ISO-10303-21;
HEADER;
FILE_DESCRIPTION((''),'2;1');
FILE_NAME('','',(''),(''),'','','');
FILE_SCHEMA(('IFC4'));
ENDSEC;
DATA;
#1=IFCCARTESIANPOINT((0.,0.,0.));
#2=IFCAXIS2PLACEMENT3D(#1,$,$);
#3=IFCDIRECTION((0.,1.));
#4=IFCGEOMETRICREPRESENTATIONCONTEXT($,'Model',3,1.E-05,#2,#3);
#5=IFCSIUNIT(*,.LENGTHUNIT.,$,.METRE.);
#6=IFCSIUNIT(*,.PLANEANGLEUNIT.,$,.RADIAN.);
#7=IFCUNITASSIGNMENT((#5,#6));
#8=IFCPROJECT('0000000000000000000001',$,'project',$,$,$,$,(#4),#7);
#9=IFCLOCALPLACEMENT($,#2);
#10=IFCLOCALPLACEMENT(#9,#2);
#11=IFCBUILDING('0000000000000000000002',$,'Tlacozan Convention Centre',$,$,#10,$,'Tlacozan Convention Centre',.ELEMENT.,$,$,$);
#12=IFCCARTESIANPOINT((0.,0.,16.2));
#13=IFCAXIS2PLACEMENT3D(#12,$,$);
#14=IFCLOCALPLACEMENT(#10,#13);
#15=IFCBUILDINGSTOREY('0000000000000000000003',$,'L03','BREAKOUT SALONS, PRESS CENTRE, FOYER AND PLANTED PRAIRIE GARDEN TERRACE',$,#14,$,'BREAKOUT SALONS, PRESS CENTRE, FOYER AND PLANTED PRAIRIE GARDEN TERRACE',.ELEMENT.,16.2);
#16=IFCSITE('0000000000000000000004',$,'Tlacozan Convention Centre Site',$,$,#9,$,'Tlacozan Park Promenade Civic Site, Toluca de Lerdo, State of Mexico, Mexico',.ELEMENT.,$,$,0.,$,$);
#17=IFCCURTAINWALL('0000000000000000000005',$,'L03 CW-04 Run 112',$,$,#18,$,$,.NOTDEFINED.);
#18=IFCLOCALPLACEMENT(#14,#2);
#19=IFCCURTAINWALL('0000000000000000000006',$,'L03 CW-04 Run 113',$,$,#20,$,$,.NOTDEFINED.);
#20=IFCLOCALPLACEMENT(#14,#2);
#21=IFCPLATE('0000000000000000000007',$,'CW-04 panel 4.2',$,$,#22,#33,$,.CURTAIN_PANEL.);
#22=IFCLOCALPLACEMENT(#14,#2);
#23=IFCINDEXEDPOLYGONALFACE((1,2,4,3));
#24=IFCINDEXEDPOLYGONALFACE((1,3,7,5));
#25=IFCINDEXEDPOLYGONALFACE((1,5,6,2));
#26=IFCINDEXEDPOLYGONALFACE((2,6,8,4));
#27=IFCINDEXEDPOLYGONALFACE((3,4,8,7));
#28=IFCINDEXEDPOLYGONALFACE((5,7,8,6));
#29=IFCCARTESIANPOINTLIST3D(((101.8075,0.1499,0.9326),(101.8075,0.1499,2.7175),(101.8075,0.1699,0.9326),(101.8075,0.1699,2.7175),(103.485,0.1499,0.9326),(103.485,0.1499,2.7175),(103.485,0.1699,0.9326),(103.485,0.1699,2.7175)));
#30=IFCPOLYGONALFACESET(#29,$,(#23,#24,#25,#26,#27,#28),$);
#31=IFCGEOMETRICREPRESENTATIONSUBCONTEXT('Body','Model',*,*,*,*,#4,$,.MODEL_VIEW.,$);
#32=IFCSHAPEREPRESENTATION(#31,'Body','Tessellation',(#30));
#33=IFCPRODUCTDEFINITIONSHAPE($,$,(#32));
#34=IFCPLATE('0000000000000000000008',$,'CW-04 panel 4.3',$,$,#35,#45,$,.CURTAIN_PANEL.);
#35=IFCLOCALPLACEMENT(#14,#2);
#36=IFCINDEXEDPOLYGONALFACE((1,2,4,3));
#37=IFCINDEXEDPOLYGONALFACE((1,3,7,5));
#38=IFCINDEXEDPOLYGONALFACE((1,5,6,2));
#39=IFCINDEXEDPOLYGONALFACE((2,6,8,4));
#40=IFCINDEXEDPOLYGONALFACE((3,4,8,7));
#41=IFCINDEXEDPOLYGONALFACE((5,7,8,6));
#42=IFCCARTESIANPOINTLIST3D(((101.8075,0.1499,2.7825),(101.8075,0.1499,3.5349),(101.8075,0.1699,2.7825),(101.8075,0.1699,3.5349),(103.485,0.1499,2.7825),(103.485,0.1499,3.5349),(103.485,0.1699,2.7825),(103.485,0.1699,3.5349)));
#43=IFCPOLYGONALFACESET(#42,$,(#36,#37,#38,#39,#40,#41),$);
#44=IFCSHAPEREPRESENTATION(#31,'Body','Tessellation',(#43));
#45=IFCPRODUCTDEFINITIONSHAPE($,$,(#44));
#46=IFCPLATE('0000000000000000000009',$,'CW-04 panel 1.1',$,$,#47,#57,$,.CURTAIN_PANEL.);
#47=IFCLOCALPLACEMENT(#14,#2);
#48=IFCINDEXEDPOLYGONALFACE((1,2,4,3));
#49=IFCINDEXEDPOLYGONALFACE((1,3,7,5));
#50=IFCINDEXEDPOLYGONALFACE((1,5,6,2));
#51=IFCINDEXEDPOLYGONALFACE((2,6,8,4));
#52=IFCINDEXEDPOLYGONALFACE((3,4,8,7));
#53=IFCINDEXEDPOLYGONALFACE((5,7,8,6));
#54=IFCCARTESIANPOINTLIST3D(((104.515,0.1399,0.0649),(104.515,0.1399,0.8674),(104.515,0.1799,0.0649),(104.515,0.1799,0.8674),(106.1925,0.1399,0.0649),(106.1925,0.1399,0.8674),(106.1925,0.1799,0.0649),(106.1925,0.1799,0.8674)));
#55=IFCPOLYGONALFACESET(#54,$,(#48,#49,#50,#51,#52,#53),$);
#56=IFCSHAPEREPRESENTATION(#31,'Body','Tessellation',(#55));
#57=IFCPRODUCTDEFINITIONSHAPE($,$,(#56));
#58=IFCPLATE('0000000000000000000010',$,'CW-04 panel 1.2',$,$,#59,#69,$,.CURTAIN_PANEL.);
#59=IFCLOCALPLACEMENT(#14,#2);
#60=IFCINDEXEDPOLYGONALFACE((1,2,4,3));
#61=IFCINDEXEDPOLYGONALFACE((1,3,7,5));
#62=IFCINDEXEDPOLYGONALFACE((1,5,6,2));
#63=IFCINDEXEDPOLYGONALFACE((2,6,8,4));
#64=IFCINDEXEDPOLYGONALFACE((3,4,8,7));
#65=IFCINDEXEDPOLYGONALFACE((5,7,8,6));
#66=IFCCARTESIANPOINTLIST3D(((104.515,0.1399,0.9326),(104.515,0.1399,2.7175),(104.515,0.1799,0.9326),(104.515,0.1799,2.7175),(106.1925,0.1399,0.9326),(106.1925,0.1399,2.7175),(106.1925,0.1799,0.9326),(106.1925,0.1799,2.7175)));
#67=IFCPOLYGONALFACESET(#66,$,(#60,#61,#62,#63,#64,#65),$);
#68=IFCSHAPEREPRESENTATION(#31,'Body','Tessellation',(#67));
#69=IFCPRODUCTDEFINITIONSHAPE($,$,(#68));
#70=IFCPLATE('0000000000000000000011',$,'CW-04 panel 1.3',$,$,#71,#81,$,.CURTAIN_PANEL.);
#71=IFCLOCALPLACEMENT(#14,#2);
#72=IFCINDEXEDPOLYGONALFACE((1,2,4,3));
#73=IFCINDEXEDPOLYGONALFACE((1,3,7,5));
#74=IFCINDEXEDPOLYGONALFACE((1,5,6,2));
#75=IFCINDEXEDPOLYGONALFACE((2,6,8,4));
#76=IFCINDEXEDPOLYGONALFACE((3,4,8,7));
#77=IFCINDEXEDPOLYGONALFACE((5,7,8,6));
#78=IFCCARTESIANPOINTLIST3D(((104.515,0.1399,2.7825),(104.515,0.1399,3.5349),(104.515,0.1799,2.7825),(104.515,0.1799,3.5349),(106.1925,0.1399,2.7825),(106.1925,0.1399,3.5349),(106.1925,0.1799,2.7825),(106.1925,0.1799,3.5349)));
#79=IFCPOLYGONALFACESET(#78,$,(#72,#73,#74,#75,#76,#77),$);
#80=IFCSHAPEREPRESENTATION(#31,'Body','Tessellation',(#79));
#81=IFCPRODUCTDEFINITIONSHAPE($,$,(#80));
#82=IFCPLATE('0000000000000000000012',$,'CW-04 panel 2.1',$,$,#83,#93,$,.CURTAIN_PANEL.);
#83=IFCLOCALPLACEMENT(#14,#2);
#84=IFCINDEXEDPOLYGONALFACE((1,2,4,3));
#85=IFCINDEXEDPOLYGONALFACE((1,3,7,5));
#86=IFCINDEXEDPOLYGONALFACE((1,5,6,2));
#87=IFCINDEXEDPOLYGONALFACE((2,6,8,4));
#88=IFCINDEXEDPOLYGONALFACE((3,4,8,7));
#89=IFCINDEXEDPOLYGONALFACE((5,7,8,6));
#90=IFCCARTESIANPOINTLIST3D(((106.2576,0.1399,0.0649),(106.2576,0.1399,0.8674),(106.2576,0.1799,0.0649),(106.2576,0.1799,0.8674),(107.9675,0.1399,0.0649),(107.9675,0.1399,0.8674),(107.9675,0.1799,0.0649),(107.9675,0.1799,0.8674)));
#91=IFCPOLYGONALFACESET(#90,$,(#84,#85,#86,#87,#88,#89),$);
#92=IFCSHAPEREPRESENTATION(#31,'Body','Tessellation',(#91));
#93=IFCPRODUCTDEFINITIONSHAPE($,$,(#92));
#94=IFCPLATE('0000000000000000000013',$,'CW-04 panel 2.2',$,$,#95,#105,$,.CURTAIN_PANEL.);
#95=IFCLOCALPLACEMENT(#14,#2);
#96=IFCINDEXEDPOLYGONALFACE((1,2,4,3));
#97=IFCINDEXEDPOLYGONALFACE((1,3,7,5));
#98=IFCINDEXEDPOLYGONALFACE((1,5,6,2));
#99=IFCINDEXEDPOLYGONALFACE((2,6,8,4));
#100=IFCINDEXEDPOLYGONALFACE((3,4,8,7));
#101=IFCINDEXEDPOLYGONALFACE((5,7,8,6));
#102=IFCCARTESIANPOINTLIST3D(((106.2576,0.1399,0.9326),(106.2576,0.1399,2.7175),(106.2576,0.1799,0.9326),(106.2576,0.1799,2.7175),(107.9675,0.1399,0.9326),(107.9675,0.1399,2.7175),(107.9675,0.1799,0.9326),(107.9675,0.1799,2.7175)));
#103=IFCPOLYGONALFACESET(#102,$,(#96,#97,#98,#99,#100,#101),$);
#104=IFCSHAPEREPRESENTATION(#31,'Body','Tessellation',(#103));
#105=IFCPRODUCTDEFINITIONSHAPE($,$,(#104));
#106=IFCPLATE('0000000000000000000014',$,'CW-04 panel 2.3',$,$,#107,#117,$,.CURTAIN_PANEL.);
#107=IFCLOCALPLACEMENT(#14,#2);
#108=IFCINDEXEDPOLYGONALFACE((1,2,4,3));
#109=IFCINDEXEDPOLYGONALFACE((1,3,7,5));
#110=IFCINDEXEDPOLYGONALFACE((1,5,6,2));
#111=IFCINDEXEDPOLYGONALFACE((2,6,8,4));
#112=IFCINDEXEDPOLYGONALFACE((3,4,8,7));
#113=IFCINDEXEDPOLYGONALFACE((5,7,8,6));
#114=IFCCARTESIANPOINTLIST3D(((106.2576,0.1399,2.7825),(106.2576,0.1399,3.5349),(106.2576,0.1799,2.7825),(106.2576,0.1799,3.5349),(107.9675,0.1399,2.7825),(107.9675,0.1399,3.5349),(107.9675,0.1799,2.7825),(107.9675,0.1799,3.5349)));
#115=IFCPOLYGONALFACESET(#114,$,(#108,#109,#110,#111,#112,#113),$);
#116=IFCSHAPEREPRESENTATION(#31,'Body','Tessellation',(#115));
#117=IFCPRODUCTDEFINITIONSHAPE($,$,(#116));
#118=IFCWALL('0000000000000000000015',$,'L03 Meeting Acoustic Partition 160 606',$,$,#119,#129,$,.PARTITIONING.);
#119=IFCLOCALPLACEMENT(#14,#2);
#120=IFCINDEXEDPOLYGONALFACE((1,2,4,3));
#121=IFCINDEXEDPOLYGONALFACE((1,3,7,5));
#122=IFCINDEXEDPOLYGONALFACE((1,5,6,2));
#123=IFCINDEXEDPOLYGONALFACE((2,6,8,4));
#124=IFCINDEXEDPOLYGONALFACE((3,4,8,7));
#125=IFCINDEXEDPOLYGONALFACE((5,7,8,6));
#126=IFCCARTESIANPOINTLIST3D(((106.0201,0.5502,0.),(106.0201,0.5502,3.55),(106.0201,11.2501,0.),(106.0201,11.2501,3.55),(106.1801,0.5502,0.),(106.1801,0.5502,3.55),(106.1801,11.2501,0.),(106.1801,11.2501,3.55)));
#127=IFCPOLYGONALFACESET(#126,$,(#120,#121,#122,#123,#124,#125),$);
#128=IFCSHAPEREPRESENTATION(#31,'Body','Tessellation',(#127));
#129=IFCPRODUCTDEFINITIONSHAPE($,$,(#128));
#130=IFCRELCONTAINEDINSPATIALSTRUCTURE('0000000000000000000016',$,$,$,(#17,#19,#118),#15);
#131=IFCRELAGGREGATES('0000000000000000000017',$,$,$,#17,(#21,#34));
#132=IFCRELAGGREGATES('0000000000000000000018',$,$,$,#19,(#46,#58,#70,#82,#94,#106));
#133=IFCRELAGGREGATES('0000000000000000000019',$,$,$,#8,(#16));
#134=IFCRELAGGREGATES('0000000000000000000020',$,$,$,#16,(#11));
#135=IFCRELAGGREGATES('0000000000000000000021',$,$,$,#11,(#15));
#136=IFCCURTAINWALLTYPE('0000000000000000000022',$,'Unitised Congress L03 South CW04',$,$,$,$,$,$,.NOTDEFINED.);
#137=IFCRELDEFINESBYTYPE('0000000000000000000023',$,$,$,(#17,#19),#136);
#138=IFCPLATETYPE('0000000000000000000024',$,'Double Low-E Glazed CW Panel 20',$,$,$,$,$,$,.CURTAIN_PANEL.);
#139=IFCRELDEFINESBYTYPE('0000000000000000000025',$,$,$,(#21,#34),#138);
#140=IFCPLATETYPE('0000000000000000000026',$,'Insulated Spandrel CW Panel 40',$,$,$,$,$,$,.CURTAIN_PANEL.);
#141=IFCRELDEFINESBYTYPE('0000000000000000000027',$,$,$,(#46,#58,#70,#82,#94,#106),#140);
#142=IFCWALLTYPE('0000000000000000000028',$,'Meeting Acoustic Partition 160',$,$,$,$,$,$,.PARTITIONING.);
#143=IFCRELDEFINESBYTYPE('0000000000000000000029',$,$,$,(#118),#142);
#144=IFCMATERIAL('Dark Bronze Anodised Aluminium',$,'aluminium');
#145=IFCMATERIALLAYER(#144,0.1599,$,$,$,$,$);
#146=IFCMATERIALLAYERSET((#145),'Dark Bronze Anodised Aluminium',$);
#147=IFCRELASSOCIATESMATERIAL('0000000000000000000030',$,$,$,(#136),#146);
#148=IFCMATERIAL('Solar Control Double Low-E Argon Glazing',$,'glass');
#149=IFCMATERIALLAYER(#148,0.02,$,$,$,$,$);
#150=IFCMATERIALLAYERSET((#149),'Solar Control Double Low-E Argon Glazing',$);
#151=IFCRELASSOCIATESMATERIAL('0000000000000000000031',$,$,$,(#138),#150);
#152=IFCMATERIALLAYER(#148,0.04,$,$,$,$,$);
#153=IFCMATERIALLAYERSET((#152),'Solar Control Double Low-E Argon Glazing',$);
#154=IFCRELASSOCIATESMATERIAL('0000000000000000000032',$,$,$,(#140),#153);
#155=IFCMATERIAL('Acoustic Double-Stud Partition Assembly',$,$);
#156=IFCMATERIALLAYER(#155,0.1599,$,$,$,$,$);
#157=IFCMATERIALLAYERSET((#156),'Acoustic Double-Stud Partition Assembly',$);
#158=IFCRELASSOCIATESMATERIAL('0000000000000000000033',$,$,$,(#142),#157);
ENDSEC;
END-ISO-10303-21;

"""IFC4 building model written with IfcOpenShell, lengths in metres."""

from ifc_helpers import new_model, si_unit, direction, frame, frame_2d, origin, origin_2d, place, context, subcontext, project, spatial, rectangle, extrude, material, layer, layer_set, type_object, element, aggregate, save


model = new_model("IFC4")

# Units and contexts
model_context = context("Model", 3, precision=1e-05, world=origin(), true_north=direction((0.0, 1.0)))
body_context = subcontext(model_context, "Body", "Model", "MODEL_VIEW")
ifc_project = project(units=[si_unit("LENGTHUNIT", "METRE"), si_unit("PLANEANGLEUNIT", "RADIAN")], contexts=[model_context])

# Site, building, storey
site_placement = place(None, origin())
site = spatial("IfcSite", under=ifc_project, at=site_placement, Name="Tlacozan Convention Centre Site", LongName="Tlacozan Park Promenade Civic Site, Toluca de Lerdo, State of Mexico, Mexico", CompositionType="ELEMENT", RefElevation=0.0)
building_placement = place(site_placement, origin())
building = spatial("IfcBuilding", under=site, at=building_placement, Name="Tlacozan Convention Centre", LongName="Tlacozan Convention Centre", CompositionType="ELEMENT")
storey_placement = place(building_placement, frame((0.0, 0.0, 16.2)))
storey = spatial("IfcBuildingStorey", under=building, at=storey_placement, Name="L03", Description="BREAKOUT SALONS, PRESS CENTRE, FOYER AND PLANTED PRAIRIE GARDEN TERRACE", LongName="BREAKOUT SALONS, PRESS CENTRE, FOYER AND PLANTED PRAIRIE GARDEN TERRACE", CompositionType="ELEMENT", Elevation=16.2)

# Curtain walls
ifc_material_1 = material(Name="Dark Bronze Anodised Aluminium", Category="aluminium")
ifc_layer_1 = layer(ifc_material_1, 0.1599)
ifc_layer_set_1 = layer_set([ifc_layer_1], Name="Dark Bronze Anodised Aluminium")
curtain_wall_type = type_object("IfcCurtainWallType", Name="Unitised Congress L03 South CW04", PredefinedType="NOTDEFINED", material=ifc_layer_set_1)
curtain_wall_1_placement = place(storey_placement, origin())
curtain_wall_1 = element("IfcCurtainWall", 1, at=curtain_wall_1_placement, inside=storey, type_object=curtain_wall_type, Name="L03 CW-04 Run 112", PredefinedType="NOTDEFINED")
curtain_wall_2_placement = place(storey_placement, origin())
curtain_wall_2 = element("IfcCurtainWall", 2, at=curtain_wall_2_placement, inside=storey, type_object=curtain_wall_type, Name="L03 CW-04 Run 113", PredefinedType="NOTDEFINED")

# Plates
ifc_material_2 = material(Name="Solar Control Double Low-E Argon Glazing", Category="glass")
ifc_layer_2 = layer(ifc_material_2, 0.02)
ifc_layer_set_2 = layer_set([ifc_layer_2], Name="Solar Control Double Low-E Argon Glazing")
plate_type_1 = type_object("IfcPlateType", Name="Double Low-E Glazed CW Panel 20", PredefinedType="CURTAIN_PANEL", material=ifc_layer_set_2)
plate_1_placement = place(storey_placement, frame((102.6462, 0.1599, 0.9326), z_axis=(0.0, 0.0, 1.0), x_axis=(1.0, 0.0, 0.0)))
plate_1 = element("IfcPlate", 3, at=plate_1_placement, type_object=plate_type_1, Name="CW-04 panel 4.2", PredefinedType="CURTAIN_PANEL", context=body_context, shape_type="SweptSolid", body=[
    extrude(rectangle(XDim=1.6775, YDim=0.02, at=origin_2d()), origin(), (0.0, 0.0, 1.0), 1.7849),
])
plate_2_placement = place(storey_placement, frame((102.6462, 0.1599, 2.7825), z_axis=(0.0, 0.0, 1.0), x_axis=(1.0, 0.0, 0.0)))
plate_2 = element("IfcPlate", 4, at=plate_2_placement, type_object=plate_type_1, Name="CW-04 panel 4.3", PredefinedType="CURTAIN_PANEL", context=body_context, shape_type="SweptSolid", body=[
    extrude(rectangle(XDim=1.6775, YDim=0.02, at=origin_2d()), origin(), (0.0, 0.0, 1.0), 0.7524),
])
aggregate(curtain_wall_1, [plate_1, plate_2])
ifc_layer_3 = layer(ifc_material_2, 0.04)
ifc_layer_set_3 = layer_set([ifc_layer_3], Name="Solar Control Double Low-E Argon Glazing")
plate_type_2 = type_object("IfcPlateType", Name="Insulated Spandrel CW Panel 40", PredefinedType="CURTAIN_PANEL", material=ifc_layer_set_3)
plate_3_placement = place(storey_placement, frame((105.3538, 0.1599, 0.0649), z_axis=(0.0, 0.0, 1.0), x_axis=(1.0, 0.0, 0.0)))
plate_3 = element("IfcPlate", 5, at=plate_3_placement, type_object=plate_type_2, Name="CW-04 panel 1.1", PredefinedType="CURTAIN_PANEL", context=body_context, shape_type="SweptSolid", body=[
    extrude(rectangle(XDim=1.6775, YDim=0.04, at=origin_2d()), origin(), (0.0, 0.0, 1.0), 0.8025),
])
plate_4_placement = place(storey_placement, frame((105.3538, 0.1599, 0.9326), z_axis=(0.0, 0.0, 1.0), x_axis=(1.0, 0.0, 0.0)))
plate_4 = element("IfcPlate", 6, at=plate_4_placement, type_object=plate_type_2, Name="CW-04 panel 1.2", PredefinedType="CURTAIN_PANEL", context=body_context, shape_type="SweptSolid", body=[
    extrude(rectangle(XDim=1.6775, YDim=0.04, at=origin_2d()), origin(), (0.0, 0.0, 1.0), 1.7849),
])
plate_5_placement = place(storey_placement, frame((105.3538, 0.1599, 2.7825), z_axis=(0.0, 0.0, 1.0), x_axis=(1.0, 0.0, 0.0)))
plate_5 = element("IfcPlate", 7, at=plate_5_placement, type_object=plate_type_2, Name="CW-04 panel 1.3", PredefinedType="CURTAIN_PANEL", context=body_context, shape_type="SweptSolid", body=[
    extrude(rectangle(XDim=1.6775, YDim=0.04, at=origin_2d()), origin(), (0.0, 0.0, 1.0), 0.7524),
])
plate_6_placement = place(storey_placement, frame((107.1125, 0.1599, 0.0649), z_axis=(0.0, 0.0, 1.0), x_axis=(1.0, 0.0, 0.0)))
plate_6 = element("IfcPlate", 8, at=plate_6_placement, type_object=plate_type_2, Name="CW-04 panel 2.1", PredefinedType="CURTAIN_PANEL", context=body_context, shape_type="SweptSolid", body=[
    extrude(rectangle(XDim=1.71, YDim=0.04, at=origin_2d()), origin(), (0.0, 0.0, 1.0), 0.8025),
])
plate_7_placement = place(storey_placement, frame((107.1125, 0.1599, 0.9326), z_axis=(0.0, 0.0, 1.0), x_axis=(1.0, 0.0, 0.0)))
plate_7 = element("IfcPlate", 9, at=plate_7_placement, type_object=plate_type_2, Name="CW-04 panel 2.2", PredefinedType="CURTAIN_PANEL", context=body_context, shape_type="SweptSolid", body=[
    extrude(rectangle(XDim=1.71, YDim=0.04, at=origin_2d()), origin(), (0.0, 0.0, 1.0), 1.7849),
])
plate_8_placement = place(storey_placement, frame((107.1125, 0.1599, 2.7825), z_axis=(0.0, 0.0, 1.0), x_axis=(1.0, 0.0, 0.0)))
plate_8 = element("IfcPlate", 10, at=plate_8_placement, type_object=plate_type_2, Name="CW-04 panel 2.3", PredefinedType="CURTAIN_PANEL", context=body_context, shape_type="SweptSolid", body=[
    extrude(rectangle(XDim=1.71, YDim=0.04, at=origin_2d()), origin(), (0.0, 0.0, 1.0), 0.7524),
])
aggregate(curtain_wall_2, [plate_3, plate_4, plate_5, plate_6, plate_7, plate_8])

# Wall
ifc_material_3 = material(Name="Acoustic Double-Stud Partition Assembly")
ifc_layer_4 = layer(ifc_material_3, 0.1599)
ifc_layer_set_4 = layer_set([ifc_layer_4], Name="Acoustic Double-Stud Partition Assembly")
wall_type = type_object("IfcWallType", Name="Meeting Acoustic Partition 160", PredefinedType="PARTITIONING", material=ifc_layer_set_4)
wall_placement = place(storey_placement, frame((106.1001, 0.55, 0.0), z_axis=(0.0, 0.0, 1.0), x_axis=(0.0, 1.0, 0.0)))
element("IfcWall", 11, at=wall_placement, inside=storey, type_object=wall_type, Name="L03 Meeting Acoustic Partition 160 606", PredefinedType="PARTITIONING", context=body_context, shape_type="SweptSolid", body=[
    extrude(rectangle(XDim=10.7, YDim=0.1599, at=frame_2d((5.3501, 0.0))), origin(), (0.0, 0.0, 1.0), 3.55),
])

save(model, "model.ifc")
